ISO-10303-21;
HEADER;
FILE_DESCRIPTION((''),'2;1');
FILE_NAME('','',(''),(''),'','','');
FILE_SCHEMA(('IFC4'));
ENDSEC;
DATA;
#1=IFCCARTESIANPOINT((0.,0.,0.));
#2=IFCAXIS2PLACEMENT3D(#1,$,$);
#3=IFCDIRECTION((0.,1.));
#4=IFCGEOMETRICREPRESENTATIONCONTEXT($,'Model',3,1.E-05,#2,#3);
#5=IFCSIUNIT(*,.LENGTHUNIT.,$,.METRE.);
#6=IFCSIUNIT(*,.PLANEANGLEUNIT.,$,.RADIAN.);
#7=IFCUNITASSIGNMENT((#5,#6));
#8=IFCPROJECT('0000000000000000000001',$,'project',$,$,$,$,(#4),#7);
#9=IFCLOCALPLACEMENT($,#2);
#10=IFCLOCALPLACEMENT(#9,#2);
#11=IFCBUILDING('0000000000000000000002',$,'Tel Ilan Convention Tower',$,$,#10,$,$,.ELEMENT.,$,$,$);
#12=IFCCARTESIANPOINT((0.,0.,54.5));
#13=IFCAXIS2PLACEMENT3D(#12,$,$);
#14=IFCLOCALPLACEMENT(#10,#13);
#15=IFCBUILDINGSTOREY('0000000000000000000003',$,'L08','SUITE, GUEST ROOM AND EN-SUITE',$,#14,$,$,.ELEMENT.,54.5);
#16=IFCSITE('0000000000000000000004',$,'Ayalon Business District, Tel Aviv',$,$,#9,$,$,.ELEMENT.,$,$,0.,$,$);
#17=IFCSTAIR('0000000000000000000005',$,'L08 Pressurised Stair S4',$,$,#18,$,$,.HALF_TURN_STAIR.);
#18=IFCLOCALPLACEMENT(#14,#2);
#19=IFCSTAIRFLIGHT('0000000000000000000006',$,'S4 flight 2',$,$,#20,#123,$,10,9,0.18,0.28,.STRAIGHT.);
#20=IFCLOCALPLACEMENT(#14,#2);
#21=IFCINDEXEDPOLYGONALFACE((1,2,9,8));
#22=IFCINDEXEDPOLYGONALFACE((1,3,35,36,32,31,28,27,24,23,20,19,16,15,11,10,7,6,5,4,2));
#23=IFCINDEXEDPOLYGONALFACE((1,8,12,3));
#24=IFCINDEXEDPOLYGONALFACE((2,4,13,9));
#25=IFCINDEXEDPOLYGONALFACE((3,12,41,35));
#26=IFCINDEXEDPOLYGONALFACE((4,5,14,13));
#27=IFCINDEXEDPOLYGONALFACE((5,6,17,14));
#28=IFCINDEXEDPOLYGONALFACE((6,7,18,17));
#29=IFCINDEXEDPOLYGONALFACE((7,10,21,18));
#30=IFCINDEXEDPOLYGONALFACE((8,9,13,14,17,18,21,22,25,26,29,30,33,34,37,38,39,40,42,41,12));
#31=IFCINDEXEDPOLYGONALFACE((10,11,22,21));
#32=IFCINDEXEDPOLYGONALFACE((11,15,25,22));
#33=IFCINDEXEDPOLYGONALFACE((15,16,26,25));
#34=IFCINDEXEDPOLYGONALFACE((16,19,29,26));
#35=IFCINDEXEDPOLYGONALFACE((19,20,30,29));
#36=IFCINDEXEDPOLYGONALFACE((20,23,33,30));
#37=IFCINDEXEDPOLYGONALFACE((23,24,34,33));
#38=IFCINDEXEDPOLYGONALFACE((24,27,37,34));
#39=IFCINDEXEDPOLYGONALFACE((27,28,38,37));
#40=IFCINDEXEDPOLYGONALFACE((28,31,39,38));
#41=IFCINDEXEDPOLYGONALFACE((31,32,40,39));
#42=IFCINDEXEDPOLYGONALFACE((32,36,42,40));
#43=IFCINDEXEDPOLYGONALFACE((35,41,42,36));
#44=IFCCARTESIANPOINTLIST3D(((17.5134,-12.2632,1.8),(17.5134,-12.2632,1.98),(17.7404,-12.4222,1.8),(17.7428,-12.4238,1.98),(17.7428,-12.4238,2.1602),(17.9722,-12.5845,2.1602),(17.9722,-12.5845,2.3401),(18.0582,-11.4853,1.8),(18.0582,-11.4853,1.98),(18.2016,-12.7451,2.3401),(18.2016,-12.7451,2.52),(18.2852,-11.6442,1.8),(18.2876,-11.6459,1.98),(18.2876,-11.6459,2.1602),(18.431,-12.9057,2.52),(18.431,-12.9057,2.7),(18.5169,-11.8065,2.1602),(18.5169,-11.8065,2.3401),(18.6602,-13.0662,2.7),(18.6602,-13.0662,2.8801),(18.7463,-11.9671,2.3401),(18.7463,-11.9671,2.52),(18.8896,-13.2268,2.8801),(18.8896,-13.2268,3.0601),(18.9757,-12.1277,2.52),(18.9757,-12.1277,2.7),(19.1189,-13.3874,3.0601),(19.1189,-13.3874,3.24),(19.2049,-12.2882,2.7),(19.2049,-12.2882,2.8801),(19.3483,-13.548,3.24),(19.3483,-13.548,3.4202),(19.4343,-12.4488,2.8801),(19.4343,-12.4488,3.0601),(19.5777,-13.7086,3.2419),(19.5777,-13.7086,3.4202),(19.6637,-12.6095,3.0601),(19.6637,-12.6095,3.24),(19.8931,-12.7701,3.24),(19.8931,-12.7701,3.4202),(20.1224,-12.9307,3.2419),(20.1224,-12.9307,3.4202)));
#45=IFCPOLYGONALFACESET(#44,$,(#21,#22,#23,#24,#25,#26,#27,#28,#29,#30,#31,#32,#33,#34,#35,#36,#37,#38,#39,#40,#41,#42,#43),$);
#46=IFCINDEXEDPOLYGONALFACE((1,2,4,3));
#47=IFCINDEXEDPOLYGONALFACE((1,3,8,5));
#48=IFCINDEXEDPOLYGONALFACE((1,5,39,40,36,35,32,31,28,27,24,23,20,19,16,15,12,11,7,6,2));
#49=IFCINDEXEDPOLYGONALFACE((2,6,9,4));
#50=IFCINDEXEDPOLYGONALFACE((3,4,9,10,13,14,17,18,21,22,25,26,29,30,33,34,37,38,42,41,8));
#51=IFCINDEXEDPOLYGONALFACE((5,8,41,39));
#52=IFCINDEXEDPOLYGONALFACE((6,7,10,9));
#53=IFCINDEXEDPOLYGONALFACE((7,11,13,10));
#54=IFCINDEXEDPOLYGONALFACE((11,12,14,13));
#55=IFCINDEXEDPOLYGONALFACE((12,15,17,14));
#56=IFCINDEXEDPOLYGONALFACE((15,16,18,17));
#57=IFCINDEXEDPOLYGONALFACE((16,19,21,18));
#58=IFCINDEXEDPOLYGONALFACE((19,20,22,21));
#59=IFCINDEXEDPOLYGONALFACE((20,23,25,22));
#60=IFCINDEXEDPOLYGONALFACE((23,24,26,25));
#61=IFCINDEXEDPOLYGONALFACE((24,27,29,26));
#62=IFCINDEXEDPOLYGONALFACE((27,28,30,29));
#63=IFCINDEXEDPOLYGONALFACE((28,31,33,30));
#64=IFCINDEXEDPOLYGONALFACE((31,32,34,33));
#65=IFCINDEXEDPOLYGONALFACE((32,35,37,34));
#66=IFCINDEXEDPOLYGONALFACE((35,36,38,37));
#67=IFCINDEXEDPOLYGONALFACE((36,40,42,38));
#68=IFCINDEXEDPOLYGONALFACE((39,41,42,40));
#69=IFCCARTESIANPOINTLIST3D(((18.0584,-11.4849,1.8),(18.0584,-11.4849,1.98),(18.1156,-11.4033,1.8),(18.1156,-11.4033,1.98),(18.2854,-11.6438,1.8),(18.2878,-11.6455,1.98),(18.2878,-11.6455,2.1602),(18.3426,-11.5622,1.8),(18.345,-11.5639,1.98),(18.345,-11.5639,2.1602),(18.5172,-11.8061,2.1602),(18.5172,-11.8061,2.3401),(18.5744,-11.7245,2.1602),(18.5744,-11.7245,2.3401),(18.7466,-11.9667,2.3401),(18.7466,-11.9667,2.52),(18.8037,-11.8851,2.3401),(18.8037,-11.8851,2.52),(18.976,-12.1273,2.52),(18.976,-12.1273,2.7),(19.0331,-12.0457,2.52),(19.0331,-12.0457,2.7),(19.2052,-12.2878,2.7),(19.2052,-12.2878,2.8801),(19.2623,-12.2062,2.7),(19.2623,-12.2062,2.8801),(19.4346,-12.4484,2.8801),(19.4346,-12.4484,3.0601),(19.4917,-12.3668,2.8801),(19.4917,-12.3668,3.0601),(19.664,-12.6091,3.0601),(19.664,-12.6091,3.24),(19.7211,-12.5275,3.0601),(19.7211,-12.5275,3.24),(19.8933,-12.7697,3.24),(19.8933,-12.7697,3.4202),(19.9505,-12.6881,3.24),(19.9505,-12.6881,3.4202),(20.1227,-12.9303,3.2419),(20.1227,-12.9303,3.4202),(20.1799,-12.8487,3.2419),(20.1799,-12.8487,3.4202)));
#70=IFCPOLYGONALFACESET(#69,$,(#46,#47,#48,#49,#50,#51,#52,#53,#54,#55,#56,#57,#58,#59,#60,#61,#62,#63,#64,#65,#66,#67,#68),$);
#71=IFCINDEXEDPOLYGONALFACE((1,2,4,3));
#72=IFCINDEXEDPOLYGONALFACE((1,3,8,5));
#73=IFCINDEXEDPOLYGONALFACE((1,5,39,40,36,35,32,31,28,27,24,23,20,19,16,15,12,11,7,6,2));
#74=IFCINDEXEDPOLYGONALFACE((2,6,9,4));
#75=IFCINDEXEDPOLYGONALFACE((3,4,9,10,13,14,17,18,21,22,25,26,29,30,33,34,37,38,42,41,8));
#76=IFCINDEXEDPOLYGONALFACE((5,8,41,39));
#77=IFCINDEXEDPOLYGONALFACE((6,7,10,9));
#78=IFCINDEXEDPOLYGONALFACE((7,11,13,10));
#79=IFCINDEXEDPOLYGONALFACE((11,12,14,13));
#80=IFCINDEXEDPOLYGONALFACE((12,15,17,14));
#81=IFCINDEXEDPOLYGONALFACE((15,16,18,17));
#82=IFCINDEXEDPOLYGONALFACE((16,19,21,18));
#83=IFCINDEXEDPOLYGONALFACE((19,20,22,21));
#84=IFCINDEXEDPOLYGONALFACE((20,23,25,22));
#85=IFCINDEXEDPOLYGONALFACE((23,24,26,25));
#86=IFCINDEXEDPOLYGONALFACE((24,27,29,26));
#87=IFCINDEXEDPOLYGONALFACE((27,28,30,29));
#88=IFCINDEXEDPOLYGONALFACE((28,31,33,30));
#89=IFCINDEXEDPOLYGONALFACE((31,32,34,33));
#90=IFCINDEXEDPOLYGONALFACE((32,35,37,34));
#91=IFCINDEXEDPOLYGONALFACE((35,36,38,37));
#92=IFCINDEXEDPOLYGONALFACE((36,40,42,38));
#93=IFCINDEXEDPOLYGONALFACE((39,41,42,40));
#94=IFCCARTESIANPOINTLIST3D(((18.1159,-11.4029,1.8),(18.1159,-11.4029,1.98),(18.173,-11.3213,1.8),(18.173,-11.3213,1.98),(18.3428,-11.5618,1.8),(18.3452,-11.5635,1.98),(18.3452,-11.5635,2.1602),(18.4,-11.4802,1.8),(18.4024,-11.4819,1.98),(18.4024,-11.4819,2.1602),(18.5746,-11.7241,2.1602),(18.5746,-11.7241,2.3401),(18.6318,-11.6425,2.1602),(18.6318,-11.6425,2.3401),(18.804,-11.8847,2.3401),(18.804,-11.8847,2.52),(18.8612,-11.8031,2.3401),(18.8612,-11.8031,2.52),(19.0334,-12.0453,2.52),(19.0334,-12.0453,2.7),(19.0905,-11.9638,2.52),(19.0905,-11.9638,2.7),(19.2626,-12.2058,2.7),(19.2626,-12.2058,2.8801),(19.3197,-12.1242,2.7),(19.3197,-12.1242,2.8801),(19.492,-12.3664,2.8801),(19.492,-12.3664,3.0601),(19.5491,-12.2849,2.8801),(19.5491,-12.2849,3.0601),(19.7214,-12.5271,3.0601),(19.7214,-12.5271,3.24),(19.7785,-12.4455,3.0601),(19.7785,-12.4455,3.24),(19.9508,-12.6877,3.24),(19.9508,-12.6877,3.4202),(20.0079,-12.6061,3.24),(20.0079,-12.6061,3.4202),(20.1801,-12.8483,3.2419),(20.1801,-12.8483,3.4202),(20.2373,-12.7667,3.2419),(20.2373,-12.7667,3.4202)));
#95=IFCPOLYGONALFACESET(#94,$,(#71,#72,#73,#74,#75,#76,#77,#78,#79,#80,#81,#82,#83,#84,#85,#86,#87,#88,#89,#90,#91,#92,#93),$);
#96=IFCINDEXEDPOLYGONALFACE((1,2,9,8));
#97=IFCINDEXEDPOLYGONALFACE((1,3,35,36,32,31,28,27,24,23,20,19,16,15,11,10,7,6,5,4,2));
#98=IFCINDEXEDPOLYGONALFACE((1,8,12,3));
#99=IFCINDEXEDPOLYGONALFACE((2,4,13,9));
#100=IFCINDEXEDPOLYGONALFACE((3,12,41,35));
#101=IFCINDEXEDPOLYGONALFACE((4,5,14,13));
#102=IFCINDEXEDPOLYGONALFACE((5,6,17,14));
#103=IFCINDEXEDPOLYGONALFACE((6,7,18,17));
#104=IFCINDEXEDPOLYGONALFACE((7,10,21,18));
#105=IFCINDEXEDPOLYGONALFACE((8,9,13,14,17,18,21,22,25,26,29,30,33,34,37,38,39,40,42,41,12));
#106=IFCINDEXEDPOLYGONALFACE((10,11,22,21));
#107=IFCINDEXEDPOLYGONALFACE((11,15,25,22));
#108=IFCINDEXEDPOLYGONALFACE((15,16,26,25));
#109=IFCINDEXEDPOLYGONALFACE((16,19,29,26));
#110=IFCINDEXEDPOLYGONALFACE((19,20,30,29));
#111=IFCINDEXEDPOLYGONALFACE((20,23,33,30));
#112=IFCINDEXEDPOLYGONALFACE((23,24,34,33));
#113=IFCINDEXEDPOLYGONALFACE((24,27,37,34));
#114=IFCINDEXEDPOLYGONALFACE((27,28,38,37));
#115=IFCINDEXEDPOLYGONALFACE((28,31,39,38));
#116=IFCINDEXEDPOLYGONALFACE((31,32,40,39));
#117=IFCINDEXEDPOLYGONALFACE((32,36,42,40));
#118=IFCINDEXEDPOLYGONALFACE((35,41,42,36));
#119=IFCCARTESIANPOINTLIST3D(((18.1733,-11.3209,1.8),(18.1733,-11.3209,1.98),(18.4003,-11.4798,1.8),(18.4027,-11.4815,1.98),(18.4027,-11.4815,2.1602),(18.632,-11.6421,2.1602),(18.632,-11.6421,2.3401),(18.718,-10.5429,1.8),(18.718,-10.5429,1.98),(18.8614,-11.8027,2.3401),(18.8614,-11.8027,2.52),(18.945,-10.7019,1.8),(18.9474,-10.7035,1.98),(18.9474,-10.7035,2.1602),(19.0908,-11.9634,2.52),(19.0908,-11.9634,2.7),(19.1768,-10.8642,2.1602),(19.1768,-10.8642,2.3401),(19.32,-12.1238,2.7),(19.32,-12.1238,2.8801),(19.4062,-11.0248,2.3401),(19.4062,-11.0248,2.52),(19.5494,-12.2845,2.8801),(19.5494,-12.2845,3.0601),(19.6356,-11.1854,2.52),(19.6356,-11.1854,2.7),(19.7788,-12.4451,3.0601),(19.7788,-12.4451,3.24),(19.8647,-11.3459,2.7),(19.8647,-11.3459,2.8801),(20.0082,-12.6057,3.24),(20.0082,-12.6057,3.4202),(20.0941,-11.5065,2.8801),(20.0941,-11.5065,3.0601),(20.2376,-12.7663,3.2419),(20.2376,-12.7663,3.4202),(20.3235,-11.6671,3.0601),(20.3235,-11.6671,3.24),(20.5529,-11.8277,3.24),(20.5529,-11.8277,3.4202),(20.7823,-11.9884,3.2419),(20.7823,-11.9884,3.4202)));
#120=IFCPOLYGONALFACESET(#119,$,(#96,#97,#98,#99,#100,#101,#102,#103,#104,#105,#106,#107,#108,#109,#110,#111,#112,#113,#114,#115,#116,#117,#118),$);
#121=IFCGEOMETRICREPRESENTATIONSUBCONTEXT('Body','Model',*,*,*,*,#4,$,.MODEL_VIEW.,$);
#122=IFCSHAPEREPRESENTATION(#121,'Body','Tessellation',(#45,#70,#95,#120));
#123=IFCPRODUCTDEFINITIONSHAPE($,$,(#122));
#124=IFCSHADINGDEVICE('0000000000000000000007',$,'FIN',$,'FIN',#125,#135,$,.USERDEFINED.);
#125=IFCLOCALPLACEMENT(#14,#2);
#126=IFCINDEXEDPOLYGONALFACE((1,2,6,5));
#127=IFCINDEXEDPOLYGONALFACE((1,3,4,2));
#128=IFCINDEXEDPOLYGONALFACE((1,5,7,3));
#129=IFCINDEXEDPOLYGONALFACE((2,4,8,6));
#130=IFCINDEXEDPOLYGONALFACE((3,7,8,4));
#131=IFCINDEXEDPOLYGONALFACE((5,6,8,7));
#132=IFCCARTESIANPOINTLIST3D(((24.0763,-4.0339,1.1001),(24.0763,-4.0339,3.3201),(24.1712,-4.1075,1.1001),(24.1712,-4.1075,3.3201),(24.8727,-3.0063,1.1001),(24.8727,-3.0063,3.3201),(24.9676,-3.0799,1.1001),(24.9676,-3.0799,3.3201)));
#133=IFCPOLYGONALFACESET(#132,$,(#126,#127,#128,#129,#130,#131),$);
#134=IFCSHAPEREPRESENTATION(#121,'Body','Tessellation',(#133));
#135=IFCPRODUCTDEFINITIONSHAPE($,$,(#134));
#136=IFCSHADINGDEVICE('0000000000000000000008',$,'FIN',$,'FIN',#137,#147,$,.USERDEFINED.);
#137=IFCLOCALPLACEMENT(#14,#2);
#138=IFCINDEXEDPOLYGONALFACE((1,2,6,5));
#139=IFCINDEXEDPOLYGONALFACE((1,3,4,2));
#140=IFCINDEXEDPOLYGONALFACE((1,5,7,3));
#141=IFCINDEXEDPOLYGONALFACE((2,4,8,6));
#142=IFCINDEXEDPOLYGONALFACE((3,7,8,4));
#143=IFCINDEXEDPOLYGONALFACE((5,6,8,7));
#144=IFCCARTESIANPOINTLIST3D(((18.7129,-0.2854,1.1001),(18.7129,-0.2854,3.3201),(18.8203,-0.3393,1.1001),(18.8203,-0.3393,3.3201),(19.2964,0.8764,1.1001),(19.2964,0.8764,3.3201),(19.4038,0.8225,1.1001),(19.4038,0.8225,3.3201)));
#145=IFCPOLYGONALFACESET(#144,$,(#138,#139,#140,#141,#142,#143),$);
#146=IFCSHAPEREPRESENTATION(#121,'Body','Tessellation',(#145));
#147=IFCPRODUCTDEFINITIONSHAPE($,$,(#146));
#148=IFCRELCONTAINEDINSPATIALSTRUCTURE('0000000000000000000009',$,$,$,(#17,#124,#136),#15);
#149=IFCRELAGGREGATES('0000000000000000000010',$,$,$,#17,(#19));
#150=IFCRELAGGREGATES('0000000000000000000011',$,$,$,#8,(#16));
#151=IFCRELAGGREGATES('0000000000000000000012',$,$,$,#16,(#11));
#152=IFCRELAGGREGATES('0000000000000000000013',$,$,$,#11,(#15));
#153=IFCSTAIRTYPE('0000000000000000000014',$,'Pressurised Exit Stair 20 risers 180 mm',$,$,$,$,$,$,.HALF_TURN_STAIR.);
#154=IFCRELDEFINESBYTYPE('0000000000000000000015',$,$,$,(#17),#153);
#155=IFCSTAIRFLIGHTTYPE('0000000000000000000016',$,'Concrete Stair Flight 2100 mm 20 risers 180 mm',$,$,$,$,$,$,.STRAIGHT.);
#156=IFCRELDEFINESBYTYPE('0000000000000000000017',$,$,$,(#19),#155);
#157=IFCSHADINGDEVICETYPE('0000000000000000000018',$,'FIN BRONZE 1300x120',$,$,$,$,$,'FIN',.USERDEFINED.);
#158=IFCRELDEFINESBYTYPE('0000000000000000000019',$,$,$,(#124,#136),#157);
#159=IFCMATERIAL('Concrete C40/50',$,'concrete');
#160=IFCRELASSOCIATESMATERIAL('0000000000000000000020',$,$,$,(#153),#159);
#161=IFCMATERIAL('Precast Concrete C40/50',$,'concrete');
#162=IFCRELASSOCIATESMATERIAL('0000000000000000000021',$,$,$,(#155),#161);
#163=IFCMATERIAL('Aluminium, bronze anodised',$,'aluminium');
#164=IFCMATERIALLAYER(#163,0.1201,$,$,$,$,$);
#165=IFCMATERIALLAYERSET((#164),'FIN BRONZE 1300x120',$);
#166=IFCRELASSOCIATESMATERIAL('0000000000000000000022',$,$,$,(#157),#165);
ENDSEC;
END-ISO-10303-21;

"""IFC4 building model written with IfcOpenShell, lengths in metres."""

from ifc_helpers import new_model, si_unit, direction, frame, origin, origin_2d, place, context, subcontext, project, spatial, polyline, rectangle, outline, extrude, material, layer, layer_set, type_object, element, aggregate, save


model = new_model("IFC4")

# Units and contexts
model_context = context("Model", 3, precision=1e-05, world=origin(), true_north=direction((0.0, 1.0)))
body_context = subcontext(model_context, "Body", "Model", "MODEL_VIEW")
ifc_project = project(units=[si_unit("LENGTHUNIT", "METRE"), si_unit("PLANEANGLEUNIT", "RADIAN")], contexts=[model_context])

# Site, building, storey
site_placement = place(None, origin())
site = spatial("IfcSite", under=ifc_project, at=site_placement, Name="Ayalon Business District, Tel Aviv", CompositionType="ELEMENT", RefElevation=0.0)
building_placement = place(site_placement, origin())
building = spatial("IfcBuilding", under=site, at=building_placement, Name="Tel Ilan Convention Tower", CompositionType="ELEMENT")
storey_placement = place(building_placement, frame((0.0, 0.0, 54.5)))
storey = spatial("IfcBuildingStorey", under=building, at=storey_placement, Name="L08", Description="SUITE, GUEST ROOM AND EN-SUITE", CompositionType="ELEMENT", Elevation=54.5)

# Stair, stair flight
ifc_material_1 = material(Name="Concrete C40/50", Category="concrete")
stair_type = type_object("IfcStairType", Name="Pressurised Exit Stair 20 risers 180 mm", PredefinedType="HALF_TURN_STAIR", material=ifc_material_1)
ifc_material_2 = material(Name="Precast Concrete C40/50", Category="concrete")
stair_flight_type = type_object("IfcStairFlightType", Name="Concrete Stair Flight 2100 mm 20 risers 180 mm", PredefinedType="STRAIGHT", material=ifc_material_2)
stair_1_placement = place(storey_placement, origin())
stair_1 = element("IfcStair", 1, at=stair_1_placement, inside=storey, type_object=stair_type, Name="L08 Pressurised Stair S4", PredefinedType="HALF_TURN_STAIR")
stair_flight_1_placement = place(storey_placement, frame((18.1157, -11.4031, 1.8), z_axis=(0.0, 0.0, 1.0), x_axis=(0.819152, -0.573576, 0.0)))
stair_flight_1 = element("IfcStairFlight", 2, at=stair_flight_1_placement, type_object=stair_flight_type, Name="S4 flight 2", NumberOfRisers=10, NumberOfTreads=9, PredefinedType="STRAIGHT", RiserHeight=0.18, TreadLength=0.28, context=body_context, shape_type="SweptSolid", body=[
    extrude(outline(polyline([(0.0, 0.0), (0.0, 0.1799), (0.28, 0.1799), (0.28, 0.3601), (0.5601, 0.3601), (0.5601, 0.54), (0.8401, 0.54), (0.8401, 0.72), (1.1201, 0.72), (1.1201, 0.8999), (1.3999, 0.8999), (1.3999, 1.0801), (1.6799, 1.0801), (1.6799, 1.26), (1.96, 1.26), (1.96, 1.4399), (2.24, 1.4399), (2.24, 1.6201), (2.52, 1.6201), (2.52, 1.8), (2.52, 1.4419), (0.2771, 0.0), (0.0, 0.0)])), frame((0.0, -0.1003, 0.0), z_axis=(0.0, -1.0, 0.0), x_axis=(1.0, 0.0, 0.0)), (0.0, 0.0, 1.0), 0.9497),
    extrude(outline(polyline([(0.0, 0.0), (0.0, 0.1799), (0.28, 0.1799), (0.28, 0.3601), (0.5601, 0.3601), (0.5601, 0.54), (0.8401, 0.54), (0.8401, 0.72), (1.1201, 0.72), (1.1201, 0.8999), (1.3999, 0.8999), (1.3999, 1.0801), (1.6799, 1.0801), (1.6799, 1.26), (1.96, 1.26), (1.96, 1.4399), (2.24, 1.4399), (2.24, 1.6201), (2.52, 1.6201), (2.52, 1.8), (2.52, 1.4419), (0.2771, 0.0), (0.0, 0.0)])), frame((0.0, -0.0002, 0.0), z_axis=(0.0, -1.0, 0.0), x_axis=(1.0, 0.0, 0.0)), (0.0, 0.0, 1.0), 0.0996),
    extrude(outline(polyline([(0.0, 0.0), (0.0, 0.1799), (0.28, 0.1799), (0.28, 0.3601), (0.5601, 0.3601), (0.5601, 0.54), (0.8401, 0.54), (0.8401, 0.72), (1.1201, 0.72), (1.1201, 0.8999), (1.3999, 0.8999), (1.3999, 1.0801), (1.6799, 1.0801), (1.6799, 1.26), (1.96, 1.26), (1.96, 1.4399), (2.24, 1.4399), (2.24, 1.6201), (2.52, 1.6201), (2.52, 1.8), (2.52, 1.4419), (0.2771, 0.0), (0.0, 0.0)])), frame((0.0, 0.0999, 0.0), z_axis=(0.0, -1.0, 0.0), x_axis=(1.0, 0.0, 0.0)), (0.0, 0.0, 1.0), 0.0996),
    extrude(outline(polyline([(0.0, 0.0), (0.0, 0.1799), (0.28, 0.1799), (0.28, 0.3601), (0.5601, 0.3601), (0.5601, 0.54), (0.8401, 0.54), (0.8401, 0.72), (1.1201, 0.72), (1.1201, 0.8999), (1.3999, 0.8999), (1.3999, 1.0801), (1.6799, 1.0801), (1.6799, 1.26), (1.96, 1.26), (1.96, 1.4399), (2.24, 1.4399), (2.24, 1.6201), (2.52, 1.6201), (2.52, 1.8), (2.52, 1.4419), (0.2771, 0.0), (0.0, 0.0)])), frame((0.0, 1.05, 0.0), z_axis=(0.0, -1.0, 0.0), x_axis=(1.0, 0.0, 0.0)), (0.0, 0.0, 1.0), 0.9497),
])
aggregate(stair_1, [stair_flight_1])

# Shading devices
ifc_material_3 = material(Name="Aluminium, bronze anodised", Category="aluminium")
ifc_layer_1 = layer(ifc_material_3, 0.1201)
ifc_layer_set_1 = layer_set([ifc_layer_1], Name="FIN BRONZE 1300x120")
shading_device_type = type_object("IfcShadingDeviceType", Name="FIN BRONZE 1300x120", ElementType="FIN", PredefinedType="USERDEFINED", material=ifc_layer_set_1)
for number, where, z_axis, x_axis, name in (
    (3, (24.522, -3.5569, 1.1001), (0.0, 0.0, 1.0), (0.612601, 0.790393, 0.0), "FIN"),
    (4, (19.0583, 0.2686, 1.1001), (0.0, 0.0, 1.0), (0.448799, 0.893633, 0.0), "FIN"),
):
    element("IfcShadingDevice", number, at=place(storey_placement, frame(where, z_axis=z_axis, x_axis=x_axis)), inside=storey, type_object=shading_device_type, Name=name, ObjectType="FIN", PredefinedType="USERDEFINED", context=body_context, shape_type="SweptSolid", body=[
        extrude(rectangle(XDim=1.3, YDim=0.1201, at=origin_2d()), origin(), (0.0, 0.0, 1.0), 2.22),
    ])

save(model, "model.ifc")
